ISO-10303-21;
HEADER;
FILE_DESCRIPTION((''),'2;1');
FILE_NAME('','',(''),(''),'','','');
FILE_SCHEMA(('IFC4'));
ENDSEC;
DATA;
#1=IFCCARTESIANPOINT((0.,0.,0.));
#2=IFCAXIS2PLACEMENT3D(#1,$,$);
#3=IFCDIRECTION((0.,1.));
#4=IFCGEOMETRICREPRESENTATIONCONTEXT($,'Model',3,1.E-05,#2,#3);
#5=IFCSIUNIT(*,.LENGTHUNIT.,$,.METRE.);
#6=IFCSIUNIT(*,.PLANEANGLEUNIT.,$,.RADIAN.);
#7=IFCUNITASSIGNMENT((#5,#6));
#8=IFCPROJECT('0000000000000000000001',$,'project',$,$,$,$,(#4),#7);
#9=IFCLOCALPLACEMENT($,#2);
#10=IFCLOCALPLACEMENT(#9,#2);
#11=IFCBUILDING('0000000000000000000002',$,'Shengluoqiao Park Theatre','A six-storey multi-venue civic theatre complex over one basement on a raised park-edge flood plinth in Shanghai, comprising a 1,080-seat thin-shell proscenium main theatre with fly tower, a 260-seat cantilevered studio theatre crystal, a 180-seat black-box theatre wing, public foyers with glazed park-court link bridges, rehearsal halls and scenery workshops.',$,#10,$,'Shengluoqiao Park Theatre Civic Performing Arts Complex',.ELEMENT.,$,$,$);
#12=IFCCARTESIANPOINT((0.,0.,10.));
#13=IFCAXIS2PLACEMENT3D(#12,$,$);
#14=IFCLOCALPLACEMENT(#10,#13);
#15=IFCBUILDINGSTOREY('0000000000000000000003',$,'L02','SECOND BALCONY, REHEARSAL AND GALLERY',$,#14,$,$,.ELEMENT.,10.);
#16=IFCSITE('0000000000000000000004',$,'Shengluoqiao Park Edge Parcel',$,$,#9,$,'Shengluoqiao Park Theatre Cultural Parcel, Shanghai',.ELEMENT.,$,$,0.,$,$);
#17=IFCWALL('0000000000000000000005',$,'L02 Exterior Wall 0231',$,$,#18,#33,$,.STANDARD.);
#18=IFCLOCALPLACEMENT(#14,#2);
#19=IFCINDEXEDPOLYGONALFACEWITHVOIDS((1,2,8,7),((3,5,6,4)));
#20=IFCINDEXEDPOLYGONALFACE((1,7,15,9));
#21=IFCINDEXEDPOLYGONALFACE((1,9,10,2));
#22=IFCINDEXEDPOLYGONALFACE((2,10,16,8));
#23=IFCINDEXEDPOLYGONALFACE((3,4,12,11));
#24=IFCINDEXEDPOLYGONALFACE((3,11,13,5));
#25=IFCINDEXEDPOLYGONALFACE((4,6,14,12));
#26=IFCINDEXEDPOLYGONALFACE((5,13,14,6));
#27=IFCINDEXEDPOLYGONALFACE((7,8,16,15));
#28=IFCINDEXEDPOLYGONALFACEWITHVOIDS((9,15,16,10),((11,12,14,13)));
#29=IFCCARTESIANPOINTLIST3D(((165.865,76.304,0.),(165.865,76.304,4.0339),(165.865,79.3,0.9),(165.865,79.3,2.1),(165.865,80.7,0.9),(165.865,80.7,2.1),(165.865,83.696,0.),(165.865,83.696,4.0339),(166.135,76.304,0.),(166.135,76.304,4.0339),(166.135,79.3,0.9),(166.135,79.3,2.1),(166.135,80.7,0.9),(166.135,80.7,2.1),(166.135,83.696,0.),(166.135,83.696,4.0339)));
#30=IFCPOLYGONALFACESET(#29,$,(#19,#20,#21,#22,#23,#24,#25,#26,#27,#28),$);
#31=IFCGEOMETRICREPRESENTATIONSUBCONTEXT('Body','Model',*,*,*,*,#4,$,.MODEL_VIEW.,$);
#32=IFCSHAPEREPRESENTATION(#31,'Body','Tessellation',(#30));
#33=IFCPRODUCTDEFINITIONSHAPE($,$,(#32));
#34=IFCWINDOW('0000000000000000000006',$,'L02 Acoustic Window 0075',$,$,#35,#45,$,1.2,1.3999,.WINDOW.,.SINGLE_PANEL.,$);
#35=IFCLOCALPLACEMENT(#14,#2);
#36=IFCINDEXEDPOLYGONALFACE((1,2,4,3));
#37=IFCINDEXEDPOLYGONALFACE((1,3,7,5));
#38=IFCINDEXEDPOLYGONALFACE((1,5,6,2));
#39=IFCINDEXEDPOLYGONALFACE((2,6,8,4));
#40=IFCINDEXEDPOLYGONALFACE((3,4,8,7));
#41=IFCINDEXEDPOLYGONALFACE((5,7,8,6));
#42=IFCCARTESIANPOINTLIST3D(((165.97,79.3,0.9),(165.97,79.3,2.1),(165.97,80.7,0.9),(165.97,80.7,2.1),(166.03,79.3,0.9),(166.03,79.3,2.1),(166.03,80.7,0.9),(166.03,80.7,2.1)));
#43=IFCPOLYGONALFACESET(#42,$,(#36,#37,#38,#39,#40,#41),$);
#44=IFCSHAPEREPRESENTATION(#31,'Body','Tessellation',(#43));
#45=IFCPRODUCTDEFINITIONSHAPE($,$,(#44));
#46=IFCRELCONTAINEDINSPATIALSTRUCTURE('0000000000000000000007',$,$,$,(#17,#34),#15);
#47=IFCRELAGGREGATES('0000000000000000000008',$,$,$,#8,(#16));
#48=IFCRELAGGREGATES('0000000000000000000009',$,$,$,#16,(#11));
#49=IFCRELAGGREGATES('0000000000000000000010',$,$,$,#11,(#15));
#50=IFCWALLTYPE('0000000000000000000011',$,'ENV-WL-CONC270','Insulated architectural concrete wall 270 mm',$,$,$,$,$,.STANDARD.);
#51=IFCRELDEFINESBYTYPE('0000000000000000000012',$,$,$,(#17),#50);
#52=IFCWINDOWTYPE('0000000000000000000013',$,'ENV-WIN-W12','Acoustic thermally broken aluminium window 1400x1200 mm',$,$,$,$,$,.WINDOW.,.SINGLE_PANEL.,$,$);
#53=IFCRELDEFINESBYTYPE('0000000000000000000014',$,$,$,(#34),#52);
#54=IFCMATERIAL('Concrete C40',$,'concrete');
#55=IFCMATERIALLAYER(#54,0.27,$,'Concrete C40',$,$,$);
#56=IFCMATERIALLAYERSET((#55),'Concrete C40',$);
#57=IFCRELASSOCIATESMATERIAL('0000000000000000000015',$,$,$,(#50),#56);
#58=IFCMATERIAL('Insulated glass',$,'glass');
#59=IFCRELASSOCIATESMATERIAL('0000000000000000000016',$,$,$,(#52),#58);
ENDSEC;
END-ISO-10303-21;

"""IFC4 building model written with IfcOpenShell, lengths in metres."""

from ifc_helpers import new_model, si_unit, direction, frame, frame_2d, origin, place, context, subcontext, project, spatial, rectangle, extrude, material, layer, layer_set, type_object, element, fill, save


model = new_model("IFC4")

# Units and contexts
model_context = context("Model", 3, precision=1e-05, world=origin(), true_north=direction((0.0, 1.0)))
body_context = subcontext(model_context, "Body", "Model", "MODEL_VIEW")
ifc_project = project(units=[si_unit("LENGTHUNIT", "METRE"), si_unit("PLANEANGLEUNIT", "RADIAN")], contexts=[model_context])

# Site, building, storey
site_placement = place(None, origin())
site = spatial("IfcSite", under=ifc_project, at=site_placement, Name="Shengluoqiao Park Edge Parcel", LongName="Shengluoqiao Park Theatre Cultural Parcel, Shanghai", CompositionType="ELEMENT", RefElevation=0.0)
building_placement = place(site_placement, origin())
building = spatial("IfcBuilding", under=site, at=building_placement, Name="Shengluoqiao Park Theatre", Description="A six-storey multi-venue civic theatre complex over one basement on a raised park-edge flood plinth in Shanghai, comprising a 1,080-seat thin-shell proscenium main theatre with fly tower, a 260-seat cantilevered studio theatre crystal, a 180-seat black-box theatre wing, public foyers with glazed park-court link bridges, rehearsal halls and scenery workshops.", LongName="Shengluoqiao Park Theatre Civic Performing Arts Complex", CompositionType="ELEMENT")
storey_placement = place(building_placement, frame((0.0, 0.0, 10.0)))
storey = spatial("IfcBuildingStorey", under=building, at=storey_placement, Name="L02", Description="SECOND BALCONY, REHEARSAL AND GALLERY", CompositionType="ELEMENT", Elevation=10.0)

# Shared definitions
ifc_material_1 = material(Name="Insulated glass", Category="glass")

# Wall, opening, window
ifc_material_2 = material(Name="Concrete C40", Category="concrete")
ifc_layer_1 = layer(ifc_material_2, 0.27, Name="Concrete C40")
ifc_layer_set_1 = layer_set([ifc_layer_1], Name="Concrete C40")
wall_type = type_object("IfcWallType", Name="ENV-WL-CONC270", Description="Insulated architectural concrete wall 270 mm", PredefinedType="STANDARD", material=ifc_layer_set_1)
wall_placement = place(storey_placement, frame((166.0, 76.304, 0.0), z_axis=(0.0, 0.0, 1.0), x_axis=(0.0, 1.0, 0.0)))
wall = element("IfcWall", 1, at=wall_placement, inside=storey, type_object=wall_type, Name="L02 Exterior Wall 0231", PredefinedType="STANDARD", context=body_context, shape_type="SweptSolid", body=[
    extrude(rectangle(XDim=7.3921, YDim=0.27, at=frame_2d((3.696, 0.0))), origin(), (0.0, 0.0, 1.0), 4.0339),
])
opening_placement = place(wall_placement, frame((2.9961, 0.0, 0.8999)))
opening = element("IfcOpeningElement", 2, at=opening_placement, cuts=wall, PredefinedType="OPENING", context=body_context, shape_type="SweptSolid", body=[
    extrude(rectangle(XDim=1.3999, YDim=1.2, at=frame_2d((0.7, 0.6001))), frame((0.0, 0.145, 0.0), z_axis=(0.0, -1.0, 0.0), x_axis=(1.0, 0.0, 0.0)), (0.0, 0.0, 1.0), 0.29),
])
window_type = type_object("IfcWindowType", Name="ENV-WIN-W12", Description="Acoustic thermally broken aluminium window 1400x1200 mm", PartitioningType="SINGLE_PANEL", PredefinedType="WINDOW", material=ifc_material_1)
window_placement = place(opening_placement, origin())
window = element("IfcWindow", 3, at=window_placement, inside=storey, type_object=window_type, Name="L02 Acoustic Window 0075", OverallHeight=1.2, OverallWidth=1.3999, PartitioningType="SINGLE_PANEL", PredefinedType="WINDOW", context=body_context, shape_type="SweptSolid", body=[
    extrude(rectangle(XDim=1.3999, YDim=1.2, at=frame_2d((0.7, 0.6001))), frame((0.0, 0.03, 0.0), z_axis=(0.0, -1.0, 0.0), x_axis=(1.0, 0.0, 0.0)), (0.0, 0.0, 1.0), 0.0601),
])
fill(opening, window)

save(model, "model.ifc")
